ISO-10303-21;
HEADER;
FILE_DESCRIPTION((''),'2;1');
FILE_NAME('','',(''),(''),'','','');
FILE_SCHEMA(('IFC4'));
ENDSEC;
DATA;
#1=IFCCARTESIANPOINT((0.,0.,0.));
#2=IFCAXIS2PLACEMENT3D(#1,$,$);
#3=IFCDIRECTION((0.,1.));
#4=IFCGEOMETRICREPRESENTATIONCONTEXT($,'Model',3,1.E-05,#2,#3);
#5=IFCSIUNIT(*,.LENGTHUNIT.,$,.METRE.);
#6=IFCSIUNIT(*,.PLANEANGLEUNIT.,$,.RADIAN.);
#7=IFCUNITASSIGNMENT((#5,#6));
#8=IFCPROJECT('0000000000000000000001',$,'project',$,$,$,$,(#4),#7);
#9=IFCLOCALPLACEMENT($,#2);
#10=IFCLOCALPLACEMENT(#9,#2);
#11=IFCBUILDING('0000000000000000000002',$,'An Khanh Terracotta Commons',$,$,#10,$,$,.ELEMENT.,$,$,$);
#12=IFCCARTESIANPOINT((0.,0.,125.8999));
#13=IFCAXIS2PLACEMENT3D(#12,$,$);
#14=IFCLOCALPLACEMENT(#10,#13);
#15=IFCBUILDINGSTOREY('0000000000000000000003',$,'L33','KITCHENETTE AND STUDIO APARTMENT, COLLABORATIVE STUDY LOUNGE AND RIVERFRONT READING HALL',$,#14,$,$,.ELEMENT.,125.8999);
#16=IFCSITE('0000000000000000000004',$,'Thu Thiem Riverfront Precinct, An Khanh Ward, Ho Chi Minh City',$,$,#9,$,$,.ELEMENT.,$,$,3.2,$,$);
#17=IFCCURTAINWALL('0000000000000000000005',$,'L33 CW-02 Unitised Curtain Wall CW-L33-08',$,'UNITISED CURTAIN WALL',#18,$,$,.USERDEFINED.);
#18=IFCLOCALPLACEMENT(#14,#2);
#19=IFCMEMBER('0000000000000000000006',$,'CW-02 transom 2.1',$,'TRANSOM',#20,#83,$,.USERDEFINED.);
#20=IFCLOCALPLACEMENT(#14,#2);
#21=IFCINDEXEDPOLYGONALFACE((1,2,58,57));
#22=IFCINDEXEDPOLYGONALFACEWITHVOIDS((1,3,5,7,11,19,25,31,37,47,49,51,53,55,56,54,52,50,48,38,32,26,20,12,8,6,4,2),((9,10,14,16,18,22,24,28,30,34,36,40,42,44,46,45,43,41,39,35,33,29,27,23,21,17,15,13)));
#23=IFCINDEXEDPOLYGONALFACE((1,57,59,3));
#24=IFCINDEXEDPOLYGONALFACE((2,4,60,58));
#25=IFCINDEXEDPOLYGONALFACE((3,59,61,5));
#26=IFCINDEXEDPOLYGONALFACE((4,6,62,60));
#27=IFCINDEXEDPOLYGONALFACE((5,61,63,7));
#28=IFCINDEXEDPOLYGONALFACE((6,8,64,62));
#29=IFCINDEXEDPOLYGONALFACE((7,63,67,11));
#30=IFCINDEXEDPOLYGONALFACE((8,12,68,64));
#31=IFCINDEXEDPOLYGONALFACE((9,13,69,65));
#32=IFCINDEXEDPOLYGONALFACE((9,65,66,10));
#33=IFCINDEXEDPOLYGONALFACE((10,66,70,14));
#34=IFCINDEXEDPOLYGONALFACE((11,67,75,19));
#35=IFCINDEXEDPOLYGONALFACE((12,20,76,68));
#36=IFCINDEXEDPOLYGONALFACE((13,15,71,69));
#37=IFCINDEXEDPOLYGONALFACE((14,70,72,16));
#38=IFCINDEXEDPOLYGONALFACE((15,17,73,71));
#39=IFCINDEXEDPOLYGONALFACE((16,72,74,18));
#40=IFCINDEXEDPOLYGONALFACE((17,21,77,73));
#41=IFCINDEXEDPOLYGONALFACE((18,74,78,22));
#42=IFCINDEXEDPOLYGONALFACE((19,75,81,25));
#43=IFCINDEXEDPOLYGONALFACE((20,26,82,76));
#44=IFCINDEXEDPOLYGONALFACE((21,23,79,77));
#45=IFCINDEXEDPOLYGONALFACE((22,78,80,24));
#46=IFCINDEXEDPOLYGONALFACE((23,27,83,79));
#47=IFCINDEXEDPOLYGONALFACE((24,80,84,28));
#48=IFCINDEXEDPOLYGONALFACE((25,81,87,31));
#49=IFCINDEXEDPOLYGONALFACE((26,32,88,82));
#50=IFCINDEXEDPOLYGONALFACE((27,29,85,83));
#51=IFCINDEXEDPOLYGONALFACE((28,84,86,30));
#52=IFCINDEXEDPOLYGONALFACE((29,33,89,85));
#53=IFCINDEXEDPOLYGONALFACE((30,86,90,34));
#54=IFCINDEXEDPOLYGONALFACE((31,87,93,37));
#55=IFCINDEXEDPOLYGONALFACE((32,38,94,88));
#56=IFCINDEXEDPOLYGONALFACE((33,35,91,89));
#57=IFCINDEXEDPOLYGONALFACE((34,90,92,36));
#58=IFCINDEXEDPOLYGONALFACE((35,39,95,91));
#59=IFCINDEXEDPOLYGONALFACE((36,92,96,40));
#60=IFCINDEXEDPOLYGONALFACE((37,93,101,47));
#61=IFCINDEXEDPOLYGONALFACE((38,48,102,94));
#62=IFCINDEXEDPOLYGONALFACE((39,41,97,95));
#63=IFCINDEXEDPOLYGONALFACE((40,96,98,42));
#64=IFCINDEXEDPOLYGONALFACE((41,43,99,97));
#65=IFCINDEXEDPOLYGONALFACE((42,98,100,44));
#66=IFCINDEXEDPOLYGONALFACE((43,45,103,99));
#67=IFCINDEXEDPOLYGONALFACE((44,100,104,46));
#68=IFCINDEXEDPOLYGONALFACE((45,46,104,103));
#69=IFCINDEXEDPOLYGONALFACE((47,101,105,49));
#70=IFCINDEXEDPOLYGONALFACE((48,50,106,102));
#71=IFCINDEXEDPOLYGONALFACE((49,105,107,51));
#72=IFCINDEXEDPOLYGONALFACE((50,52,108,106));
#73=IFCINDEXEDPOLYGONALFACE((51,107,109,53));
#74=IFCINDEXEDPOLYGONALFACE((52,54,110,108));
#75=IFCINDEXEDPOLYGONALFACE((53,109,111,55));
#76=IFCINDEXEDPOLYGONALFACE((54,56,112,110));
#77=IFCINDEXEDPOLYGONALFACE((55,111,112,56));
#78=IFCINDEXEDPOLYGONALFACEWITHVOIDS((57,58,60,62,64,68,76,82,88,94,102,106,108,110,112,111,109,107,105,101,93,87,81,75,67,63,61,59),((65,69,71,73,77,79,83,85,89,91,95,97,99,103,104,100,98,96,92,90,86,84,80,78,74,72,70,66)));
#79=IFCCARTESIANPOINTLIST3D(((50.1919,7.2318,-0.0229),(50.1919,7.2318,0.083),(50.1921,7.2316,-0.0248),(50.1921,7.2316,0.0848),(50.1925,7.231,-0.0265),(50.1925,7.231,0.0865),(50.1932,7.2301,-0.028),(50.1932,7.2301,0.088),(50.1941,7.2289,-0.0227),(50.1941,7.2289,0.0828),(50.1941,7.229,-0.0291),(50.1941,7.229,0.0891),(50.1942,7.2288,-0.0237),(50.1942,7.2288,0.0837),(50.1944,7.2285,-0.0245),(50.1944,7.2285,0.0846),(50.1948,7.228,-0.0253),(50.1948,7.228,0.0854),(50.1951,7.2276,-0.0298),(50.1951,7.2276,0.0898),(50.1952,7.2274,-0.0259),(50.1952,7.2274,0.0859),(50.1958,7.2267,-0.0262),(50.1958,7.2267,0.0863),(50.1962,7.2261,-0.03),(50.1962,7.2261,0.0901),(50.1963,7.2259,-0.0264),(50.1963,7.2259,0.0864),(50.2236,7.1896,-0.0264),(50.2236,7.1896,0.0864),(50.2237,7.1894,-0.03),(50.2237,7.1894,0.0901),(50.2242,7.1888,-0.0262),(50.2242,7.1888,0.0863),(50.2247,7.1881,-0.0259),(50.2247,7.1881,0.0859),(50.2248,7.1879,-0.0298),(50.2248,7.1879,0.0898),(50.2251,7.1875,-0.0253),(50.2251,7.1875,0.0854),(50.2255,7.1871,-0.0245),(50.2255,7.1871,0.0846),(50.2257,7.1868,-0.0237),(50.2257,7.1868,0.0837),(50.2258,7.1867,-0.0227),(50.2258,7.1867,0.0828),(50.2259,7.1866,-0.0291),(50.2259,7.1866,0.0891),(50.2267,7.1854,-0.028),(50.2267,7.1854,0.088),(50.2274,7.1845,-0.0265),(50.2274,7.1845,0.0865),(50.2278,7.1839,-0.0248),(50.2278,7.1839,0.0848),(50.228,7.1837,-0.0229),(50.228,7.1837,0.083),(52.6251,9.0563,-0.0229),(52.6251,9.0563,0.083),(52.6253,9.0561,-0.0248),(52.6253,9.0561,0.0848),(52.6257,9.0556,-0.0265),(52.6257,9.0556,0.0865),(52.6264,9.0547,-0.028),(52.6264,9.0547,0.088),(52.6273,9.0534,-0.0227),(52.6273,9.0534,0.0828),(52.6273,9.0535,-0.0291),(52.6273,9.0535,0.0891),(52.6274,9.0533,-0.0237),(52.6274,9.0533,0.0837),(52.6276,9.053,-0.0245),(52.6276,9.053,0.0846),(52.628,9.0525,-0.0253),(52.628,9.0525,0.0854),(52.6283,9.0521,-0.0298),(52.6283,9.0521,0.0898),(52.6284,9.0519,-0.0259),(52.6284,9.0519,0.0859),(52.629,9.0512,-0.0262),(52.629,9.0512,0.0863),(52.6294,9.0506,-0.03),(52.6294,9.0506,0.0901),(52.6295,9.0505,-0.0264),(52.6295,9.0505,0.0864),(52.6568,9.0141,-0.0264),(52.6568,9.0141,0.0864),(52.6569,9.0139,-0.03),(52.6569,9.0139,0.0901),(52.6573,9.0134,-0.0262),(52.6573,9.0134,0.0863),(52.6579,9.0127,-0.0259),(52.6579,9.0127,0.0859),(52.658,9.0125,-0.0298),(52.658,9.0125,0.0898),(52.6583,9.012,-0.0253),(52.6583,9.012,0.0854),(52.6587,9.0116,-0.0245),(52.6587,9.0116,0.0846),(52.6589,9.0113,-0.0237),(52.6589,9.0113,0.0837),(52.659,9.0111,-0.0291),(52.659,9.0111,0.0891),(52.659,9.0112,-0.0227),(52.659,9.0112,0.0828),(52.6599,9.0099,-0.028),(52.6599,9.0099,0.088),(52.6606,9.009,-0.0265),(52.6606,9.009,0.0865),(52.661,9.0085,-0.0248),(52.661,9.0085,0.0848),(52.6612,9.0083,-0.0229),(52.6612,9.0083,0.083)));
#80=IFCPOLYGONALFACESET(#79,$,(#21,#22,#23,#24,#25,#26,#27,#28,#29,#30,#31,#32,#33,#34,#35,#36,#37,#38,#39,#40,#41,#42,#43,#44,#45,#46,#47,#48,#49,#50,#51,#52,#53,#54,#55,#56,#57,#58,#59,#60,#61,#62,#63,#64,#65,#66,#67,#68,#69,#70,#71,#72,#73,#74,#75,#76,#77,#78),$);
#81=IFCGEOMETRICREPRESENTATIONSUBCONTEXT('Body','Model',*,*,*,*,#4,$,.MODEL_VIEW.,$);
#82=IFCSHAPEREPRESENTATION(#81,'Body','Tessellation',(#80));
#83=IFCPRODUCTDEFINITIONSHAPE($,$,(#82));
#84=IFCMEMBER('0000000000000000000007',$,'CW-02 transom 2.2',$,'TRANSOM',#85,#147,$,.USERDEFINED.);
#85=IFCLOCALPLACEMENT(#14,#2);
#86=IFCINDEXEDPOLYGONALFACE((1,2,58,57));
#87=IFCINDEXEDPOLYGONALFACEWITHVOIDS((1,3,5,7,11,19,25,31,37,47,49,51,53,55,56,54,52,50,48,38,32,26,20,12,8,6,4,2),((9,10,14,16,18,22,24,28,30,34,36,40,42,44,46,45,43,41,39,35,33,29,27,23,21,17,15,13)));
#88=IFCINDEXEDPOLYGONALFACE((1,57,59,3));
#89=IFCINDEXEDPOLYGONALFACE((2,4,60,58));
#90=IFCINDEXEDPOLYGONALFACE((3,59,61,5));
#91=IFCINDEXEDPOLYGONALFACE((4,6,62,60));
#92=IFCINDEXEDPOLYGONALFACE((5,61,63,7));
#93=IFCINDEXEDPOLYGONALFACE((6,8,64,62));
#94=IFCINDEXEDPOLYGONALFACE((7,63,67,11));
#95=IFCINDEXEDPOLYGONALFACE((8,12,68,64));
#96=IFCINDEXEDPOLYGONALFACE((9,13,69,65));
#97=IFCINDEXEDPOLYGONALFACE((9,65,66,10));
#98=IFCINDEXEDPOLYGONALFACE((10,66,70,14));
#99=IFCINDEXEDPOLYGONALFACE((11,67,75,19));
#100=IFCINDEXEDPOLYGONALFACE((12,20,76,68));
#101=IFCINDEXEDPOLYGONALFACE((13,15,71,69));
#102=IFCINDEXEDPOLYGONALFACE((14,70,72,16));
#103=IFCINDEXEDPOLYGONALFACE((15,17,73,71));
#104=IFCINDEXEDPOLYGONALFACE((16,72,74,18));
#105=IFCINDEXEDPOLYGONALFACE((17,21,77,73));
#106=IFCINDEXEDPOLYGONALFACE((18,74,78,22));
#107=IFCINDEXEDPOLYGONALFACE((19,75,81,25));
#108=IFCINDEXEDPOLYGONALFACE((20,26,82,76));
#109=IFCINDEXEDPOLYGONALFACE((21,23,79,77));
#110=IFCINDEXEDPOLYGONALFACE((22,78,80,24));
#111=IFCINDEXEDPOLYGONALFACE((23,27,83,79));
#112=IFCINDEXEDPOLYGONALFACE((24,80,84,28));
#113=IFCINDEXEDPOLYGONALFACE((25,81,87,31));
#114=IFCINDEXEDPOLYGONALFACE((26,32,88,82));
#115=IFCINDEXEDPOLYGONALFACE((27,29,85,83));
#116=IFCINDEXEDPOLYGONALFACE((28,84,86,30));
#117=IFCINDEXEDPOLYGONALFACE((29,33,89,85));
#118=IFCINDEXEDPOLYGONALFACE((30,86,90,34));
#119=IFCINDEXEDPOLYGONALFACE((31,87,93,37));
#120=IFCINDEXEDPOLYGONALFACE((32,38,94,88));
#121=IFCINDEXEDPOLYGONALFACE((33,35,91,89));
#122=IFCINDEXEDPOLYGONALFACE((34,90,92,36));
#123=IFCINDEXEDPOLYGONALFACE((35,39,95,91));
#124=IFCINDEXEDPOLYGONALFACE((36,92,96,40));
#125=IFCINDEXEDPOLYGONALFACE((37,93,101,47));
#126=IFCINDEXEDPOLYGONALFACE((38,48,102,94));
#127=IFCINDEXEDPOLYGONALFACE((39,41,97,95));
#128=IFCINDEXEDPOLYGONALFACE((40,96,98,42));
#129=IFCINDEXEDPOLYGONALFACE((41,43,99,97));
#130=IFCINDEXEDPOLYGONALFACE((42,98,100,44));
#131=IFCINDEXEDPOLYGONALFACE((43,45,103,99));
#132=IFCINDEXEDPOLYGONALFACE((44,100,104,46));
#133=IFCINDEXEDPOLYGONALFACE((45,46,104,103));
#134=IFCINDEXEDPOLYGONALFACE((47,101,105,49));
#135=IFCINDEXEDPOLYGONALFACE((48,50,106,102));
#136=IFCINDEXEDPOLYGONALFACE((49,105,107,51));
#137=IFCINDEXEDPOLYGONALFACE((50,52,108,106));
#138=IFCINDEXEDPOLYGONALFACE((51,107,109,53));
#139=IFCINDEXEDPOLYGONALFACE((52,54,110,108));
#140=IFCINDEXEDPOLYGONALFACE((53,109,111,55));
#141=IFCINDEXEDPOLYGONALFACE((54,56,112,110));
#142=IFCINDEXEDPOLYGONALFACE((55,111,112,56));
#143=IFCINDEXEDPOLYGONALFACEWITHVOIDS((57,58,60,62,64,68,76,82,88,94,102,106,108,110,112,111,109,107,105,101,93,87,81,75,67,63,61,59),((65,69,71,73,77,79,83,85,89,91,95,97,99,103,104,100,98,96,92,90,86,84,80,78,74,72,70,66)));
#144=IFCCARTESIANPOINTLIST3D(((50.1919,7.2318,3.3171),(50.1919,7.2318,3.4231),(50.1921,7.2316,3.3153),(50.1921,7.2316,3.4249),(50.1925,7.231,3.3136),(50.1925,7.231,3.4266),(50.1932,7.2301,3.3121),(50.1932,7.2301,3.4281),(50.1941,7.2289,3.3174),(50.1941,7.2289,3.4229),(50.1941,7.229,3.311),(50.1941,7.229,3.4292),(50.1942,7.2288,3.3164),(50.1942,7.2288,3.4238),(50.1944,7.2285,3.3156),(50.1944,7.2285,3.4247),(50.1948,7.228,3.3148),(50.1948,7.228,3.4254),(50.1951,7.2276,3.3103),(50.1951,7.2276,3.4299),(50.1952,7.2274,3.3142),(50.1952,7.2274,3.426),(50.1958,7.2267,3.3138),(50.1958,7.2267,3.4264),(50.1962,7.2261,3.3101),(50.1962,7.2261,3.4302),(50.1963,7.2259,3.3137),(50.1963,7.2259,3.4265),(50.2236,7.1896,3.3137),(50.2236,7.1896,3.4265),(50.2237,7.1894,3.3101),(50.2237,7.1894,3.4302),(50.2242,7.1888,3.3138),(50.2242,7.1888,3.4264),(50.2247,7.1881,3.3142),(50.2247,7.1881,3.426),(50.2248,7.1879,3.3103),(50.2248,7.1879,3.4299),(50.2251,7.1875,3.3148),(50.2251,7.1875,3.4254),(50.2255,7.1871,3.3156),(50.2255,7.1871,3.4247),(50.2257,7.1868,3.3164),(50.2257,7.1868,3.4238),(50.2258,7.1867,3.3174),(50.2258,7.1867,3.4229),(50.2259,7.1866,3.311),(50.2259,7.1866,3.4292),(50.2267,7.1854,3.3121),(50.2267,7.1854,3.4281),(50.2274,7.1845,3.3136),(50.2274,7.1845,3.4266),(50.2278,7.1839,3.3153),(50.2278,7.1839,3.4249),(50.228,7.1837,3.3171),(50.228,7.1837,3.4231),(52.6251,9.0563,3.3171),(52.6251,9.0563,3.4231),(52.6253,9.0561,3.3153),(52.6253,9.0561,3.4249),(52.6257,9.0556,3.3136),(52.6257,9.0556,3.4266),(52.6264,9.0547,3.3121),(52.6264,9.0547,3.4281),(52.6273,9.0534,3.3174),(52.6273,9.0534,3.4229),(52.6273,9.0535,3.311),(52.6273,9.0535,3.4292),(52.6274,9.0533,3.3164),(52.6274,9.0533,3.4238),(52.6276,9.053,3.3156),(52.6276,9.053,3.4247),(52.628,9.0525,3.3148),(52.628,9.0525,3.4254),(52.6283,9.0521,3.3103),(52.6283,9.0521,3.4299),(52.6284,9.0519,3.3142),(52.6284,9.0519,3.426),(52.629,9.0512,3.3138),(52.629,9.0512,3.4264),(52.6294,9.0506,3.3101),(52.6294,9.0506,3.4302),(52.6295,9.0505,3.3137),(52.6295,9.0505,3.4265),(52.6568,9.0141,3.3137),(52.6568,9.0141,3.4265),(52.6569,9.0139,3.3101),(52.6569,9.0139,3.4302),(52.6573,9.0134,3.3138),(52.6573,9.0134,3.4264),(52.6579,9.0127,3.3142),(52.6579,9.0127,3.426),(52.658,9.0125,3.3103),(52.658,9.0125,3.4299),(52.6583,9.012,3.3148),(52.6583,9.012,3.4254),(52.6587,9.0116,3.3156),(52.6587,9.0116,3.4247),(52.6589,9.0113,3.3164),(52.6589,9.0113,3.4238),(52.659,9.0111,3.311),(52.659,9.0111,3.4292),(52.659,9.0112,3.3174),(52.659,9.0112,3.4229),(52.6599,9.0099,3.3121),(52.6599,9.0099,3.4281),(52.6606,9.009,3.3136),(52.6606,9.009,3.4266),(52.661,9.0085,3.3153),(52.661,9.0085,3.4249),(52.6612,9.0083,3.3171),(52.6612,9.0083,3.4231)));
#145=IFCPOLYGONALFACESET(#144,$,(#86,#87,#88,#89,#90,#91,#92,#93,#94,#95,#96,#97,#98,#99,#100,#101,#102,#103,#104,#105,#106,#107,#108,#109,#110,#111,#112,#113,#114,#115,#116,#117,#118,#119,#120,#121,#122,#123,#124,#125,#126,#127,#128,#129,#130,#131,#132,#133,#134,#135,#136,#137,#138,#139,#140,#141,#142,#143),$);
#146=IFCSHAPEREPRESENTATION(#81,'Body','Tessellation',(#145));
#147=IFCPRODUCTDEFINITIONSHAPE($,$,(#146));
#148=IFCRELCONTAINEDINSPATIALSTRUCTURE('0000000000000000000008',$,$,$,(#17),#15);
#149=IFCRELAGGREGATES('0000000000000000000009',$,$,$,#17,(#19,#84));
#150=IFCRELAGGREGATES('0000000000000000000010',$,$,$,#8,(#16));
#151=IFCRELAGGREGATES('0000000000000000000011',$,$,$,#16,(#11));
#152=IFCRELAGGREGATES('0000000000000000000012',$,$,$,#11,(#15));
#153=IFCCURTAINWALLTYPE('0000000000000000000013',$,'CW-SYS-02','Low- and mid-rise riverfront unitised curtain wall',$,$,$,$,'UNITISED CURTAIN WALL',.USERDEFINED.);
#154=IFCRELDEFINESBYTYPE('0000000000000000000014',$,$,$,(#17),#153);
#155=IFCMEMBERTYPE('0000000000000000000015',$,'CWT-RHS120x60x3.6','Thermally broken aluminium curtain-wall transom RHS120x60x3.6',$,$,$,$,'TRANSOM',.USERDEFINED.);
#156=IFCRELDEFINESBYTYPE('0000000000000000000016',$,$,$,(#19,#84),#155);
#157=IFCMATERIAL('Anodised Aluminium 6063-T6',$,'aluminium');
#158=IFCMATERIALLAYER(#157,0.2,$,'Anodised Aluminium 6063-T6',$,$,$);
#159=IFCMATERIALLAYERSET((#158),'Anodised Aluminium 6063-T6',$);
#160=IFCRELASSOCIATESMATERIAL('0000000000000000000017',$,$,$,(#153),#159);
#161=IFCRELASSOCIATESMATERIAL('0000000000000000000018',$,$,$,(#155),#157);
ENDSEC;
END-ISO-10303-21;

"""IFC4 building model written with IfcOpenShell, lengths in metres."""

from ifc_helpers import new_model, si_unit, direction, frame, origin, origin_2d, place, context, subcontext, project, spatial, hollow_rectangle, extrude, material, layer, layer_set, material_profile, profile_set, type_object, element, aggregate, save


model = new_model("IFC4")

# Units and contexts
model_context = context("Model", 3, precision=1e-05, world=origin(), true_north=direction((0.0, 1.0)))
body_context = subcontext(model_context, "Body", "Model", "MODEL_VIEW")
ifc_project = project(units=[si_unit("LENGTHUNIT", "METRE"), si_unit("PLANEANGLEUNIT", "RADIAN")], contexts=[model_context])

# Site, building, storey
site_placement = place(None, origin())
site = spatial("IfcSite", under=ifc_project, at=site_placement, Name="Thu Thiem Riverfront Precinct, An Khanh Ward, Ho Chi Minh City", CompositionType="ELEMENT", RefElevation=3.2)
building_placement = place(site_placement, origin())
building = spatial("IfcBuilding", under=site, at=building_placement, Name="An Khanh Terracotta Commons", CompositionType="ELEMENT")
storey_placement = place(building_placement, frame((0.0, 0.0, 125.8999)))
storey = spatial("IfcBuildingStorey", under=building, at=storey_placement, Name="L33", Description="KITCHENETTE AND STUDIO APARTMENT, COLLABORATIVE STUDY LOUNGE AND RIVERFRONT READING HALL", CompositionType="ELEMENT", Elevation=125.8999)

# Curtain wall, members
ifc_material_1 = material(Name="Anodised Aluminium 6063-T6", Category="aluminium")
ifc_layer_1 = layer(ifc_material_1, 0.2, Name="Anodised Aluminium 6063-T6")
ifc_layer_set_1 = layer_set([ifc_layer_1], Name="Anodised Aluminium 6063-T6")
curtain_wall_type_1 = type_object("IfcCurtainWallType", Name="CW-SYS-02", Description="Low- and mid-rise riverfront unitised curtain wall", ElementType="UNITISED CURTAIN WALL", PredefinedType="USERDEFINED", material=ifc_layer_set_1)
curtain_wall_1_placement = place(storey_placement, origin())
curtain_wall_1 = element("IfcCurtainWall", 1, at=curtain_wall_1_placement, inside=storey, type_object=curtain_wall_type_1, Name="L33 CW-02 Unitised Curtain Wall CW-L33-08", ObjectType="UNITISED CURTAIN WALL", PredefinedType="USERDEFINED")
ifc_material_profile_1 = material_profile(ifc_material_1, hollow_rectangle(XDim=0.0601, YDim=0.1201, WallThickness=0.0037, InnerFilletRadius=0.0037, OuterFilletRadius=0.0071, at=origin_2d()), Name="RHS120x60x3.6")
ifc_profile_set_1 = profile_set([ifc_material_profile_1], Name="Anodised Aluminium 6063-T6")
member_type_1 = type_object("IfcMemberType", Name="CWT-RHS120x60x3.6", Description="Thermally broken aluminium curtain-wall transom RHS120x60x3.6", ElementType="TRANSOM", PredefinedType="USERDEFINED", material=ifc_profile_set_1)
member_1_placement = place(storey_placement, frame((50.21, 7.2078, 0.03), z_axis=(0.800058, 0.599923, 0.0), x_axis=(-0.599923, 0.800058, 0.0)))
member_1 = element("IfcMember", 2, at=member_1_placement, type_object=member_type_1, Name="CW-02 transom 2.1", ObjectType="TRANSOM", PredefinedType="USERDEFINED", context=body_context, shape_type="SweptSolid", body=[
    extrude(hollow_rectangle(XDim=0.0601, YDim=0.1201, WallThickness=0.0037, InnerFilletRadius=0.0037, OuterFilletRadius=0.0071, at=origin_2d()), origin(), (0.0, 0.0, 1.0), 3.0413),
])
member_2_placement = place(storey_placement, frame((50.21, 7.2078, 3.3701), z_axis=(0.800058, 0.599923, 0.0), x_axis=(-0.599923, 0.800058, 0.0)))
member_2 = element("IfcMember", 3, at=member_2_placement, type_object=member_type_1, Name="CW-02 transom 2.2", ObjectType="TRANSOM", PredefinedType="USERDEFINED", context=body_context, shape_type="SweptSolid", body=[
    extrude(hollow_rectangle(XDim=0.0601, YDim=0.1201, WallThickness=0.0037, InnerFilletRadius=0.0037, OuterFilletRadius=0.0071, at=origin_2d()), origin(), (0.0, 0.0, 1.0), 3.0413),
])

aggregate(curtain_wall_1, [member_1, member_2])

save(model, "model.ifc")
